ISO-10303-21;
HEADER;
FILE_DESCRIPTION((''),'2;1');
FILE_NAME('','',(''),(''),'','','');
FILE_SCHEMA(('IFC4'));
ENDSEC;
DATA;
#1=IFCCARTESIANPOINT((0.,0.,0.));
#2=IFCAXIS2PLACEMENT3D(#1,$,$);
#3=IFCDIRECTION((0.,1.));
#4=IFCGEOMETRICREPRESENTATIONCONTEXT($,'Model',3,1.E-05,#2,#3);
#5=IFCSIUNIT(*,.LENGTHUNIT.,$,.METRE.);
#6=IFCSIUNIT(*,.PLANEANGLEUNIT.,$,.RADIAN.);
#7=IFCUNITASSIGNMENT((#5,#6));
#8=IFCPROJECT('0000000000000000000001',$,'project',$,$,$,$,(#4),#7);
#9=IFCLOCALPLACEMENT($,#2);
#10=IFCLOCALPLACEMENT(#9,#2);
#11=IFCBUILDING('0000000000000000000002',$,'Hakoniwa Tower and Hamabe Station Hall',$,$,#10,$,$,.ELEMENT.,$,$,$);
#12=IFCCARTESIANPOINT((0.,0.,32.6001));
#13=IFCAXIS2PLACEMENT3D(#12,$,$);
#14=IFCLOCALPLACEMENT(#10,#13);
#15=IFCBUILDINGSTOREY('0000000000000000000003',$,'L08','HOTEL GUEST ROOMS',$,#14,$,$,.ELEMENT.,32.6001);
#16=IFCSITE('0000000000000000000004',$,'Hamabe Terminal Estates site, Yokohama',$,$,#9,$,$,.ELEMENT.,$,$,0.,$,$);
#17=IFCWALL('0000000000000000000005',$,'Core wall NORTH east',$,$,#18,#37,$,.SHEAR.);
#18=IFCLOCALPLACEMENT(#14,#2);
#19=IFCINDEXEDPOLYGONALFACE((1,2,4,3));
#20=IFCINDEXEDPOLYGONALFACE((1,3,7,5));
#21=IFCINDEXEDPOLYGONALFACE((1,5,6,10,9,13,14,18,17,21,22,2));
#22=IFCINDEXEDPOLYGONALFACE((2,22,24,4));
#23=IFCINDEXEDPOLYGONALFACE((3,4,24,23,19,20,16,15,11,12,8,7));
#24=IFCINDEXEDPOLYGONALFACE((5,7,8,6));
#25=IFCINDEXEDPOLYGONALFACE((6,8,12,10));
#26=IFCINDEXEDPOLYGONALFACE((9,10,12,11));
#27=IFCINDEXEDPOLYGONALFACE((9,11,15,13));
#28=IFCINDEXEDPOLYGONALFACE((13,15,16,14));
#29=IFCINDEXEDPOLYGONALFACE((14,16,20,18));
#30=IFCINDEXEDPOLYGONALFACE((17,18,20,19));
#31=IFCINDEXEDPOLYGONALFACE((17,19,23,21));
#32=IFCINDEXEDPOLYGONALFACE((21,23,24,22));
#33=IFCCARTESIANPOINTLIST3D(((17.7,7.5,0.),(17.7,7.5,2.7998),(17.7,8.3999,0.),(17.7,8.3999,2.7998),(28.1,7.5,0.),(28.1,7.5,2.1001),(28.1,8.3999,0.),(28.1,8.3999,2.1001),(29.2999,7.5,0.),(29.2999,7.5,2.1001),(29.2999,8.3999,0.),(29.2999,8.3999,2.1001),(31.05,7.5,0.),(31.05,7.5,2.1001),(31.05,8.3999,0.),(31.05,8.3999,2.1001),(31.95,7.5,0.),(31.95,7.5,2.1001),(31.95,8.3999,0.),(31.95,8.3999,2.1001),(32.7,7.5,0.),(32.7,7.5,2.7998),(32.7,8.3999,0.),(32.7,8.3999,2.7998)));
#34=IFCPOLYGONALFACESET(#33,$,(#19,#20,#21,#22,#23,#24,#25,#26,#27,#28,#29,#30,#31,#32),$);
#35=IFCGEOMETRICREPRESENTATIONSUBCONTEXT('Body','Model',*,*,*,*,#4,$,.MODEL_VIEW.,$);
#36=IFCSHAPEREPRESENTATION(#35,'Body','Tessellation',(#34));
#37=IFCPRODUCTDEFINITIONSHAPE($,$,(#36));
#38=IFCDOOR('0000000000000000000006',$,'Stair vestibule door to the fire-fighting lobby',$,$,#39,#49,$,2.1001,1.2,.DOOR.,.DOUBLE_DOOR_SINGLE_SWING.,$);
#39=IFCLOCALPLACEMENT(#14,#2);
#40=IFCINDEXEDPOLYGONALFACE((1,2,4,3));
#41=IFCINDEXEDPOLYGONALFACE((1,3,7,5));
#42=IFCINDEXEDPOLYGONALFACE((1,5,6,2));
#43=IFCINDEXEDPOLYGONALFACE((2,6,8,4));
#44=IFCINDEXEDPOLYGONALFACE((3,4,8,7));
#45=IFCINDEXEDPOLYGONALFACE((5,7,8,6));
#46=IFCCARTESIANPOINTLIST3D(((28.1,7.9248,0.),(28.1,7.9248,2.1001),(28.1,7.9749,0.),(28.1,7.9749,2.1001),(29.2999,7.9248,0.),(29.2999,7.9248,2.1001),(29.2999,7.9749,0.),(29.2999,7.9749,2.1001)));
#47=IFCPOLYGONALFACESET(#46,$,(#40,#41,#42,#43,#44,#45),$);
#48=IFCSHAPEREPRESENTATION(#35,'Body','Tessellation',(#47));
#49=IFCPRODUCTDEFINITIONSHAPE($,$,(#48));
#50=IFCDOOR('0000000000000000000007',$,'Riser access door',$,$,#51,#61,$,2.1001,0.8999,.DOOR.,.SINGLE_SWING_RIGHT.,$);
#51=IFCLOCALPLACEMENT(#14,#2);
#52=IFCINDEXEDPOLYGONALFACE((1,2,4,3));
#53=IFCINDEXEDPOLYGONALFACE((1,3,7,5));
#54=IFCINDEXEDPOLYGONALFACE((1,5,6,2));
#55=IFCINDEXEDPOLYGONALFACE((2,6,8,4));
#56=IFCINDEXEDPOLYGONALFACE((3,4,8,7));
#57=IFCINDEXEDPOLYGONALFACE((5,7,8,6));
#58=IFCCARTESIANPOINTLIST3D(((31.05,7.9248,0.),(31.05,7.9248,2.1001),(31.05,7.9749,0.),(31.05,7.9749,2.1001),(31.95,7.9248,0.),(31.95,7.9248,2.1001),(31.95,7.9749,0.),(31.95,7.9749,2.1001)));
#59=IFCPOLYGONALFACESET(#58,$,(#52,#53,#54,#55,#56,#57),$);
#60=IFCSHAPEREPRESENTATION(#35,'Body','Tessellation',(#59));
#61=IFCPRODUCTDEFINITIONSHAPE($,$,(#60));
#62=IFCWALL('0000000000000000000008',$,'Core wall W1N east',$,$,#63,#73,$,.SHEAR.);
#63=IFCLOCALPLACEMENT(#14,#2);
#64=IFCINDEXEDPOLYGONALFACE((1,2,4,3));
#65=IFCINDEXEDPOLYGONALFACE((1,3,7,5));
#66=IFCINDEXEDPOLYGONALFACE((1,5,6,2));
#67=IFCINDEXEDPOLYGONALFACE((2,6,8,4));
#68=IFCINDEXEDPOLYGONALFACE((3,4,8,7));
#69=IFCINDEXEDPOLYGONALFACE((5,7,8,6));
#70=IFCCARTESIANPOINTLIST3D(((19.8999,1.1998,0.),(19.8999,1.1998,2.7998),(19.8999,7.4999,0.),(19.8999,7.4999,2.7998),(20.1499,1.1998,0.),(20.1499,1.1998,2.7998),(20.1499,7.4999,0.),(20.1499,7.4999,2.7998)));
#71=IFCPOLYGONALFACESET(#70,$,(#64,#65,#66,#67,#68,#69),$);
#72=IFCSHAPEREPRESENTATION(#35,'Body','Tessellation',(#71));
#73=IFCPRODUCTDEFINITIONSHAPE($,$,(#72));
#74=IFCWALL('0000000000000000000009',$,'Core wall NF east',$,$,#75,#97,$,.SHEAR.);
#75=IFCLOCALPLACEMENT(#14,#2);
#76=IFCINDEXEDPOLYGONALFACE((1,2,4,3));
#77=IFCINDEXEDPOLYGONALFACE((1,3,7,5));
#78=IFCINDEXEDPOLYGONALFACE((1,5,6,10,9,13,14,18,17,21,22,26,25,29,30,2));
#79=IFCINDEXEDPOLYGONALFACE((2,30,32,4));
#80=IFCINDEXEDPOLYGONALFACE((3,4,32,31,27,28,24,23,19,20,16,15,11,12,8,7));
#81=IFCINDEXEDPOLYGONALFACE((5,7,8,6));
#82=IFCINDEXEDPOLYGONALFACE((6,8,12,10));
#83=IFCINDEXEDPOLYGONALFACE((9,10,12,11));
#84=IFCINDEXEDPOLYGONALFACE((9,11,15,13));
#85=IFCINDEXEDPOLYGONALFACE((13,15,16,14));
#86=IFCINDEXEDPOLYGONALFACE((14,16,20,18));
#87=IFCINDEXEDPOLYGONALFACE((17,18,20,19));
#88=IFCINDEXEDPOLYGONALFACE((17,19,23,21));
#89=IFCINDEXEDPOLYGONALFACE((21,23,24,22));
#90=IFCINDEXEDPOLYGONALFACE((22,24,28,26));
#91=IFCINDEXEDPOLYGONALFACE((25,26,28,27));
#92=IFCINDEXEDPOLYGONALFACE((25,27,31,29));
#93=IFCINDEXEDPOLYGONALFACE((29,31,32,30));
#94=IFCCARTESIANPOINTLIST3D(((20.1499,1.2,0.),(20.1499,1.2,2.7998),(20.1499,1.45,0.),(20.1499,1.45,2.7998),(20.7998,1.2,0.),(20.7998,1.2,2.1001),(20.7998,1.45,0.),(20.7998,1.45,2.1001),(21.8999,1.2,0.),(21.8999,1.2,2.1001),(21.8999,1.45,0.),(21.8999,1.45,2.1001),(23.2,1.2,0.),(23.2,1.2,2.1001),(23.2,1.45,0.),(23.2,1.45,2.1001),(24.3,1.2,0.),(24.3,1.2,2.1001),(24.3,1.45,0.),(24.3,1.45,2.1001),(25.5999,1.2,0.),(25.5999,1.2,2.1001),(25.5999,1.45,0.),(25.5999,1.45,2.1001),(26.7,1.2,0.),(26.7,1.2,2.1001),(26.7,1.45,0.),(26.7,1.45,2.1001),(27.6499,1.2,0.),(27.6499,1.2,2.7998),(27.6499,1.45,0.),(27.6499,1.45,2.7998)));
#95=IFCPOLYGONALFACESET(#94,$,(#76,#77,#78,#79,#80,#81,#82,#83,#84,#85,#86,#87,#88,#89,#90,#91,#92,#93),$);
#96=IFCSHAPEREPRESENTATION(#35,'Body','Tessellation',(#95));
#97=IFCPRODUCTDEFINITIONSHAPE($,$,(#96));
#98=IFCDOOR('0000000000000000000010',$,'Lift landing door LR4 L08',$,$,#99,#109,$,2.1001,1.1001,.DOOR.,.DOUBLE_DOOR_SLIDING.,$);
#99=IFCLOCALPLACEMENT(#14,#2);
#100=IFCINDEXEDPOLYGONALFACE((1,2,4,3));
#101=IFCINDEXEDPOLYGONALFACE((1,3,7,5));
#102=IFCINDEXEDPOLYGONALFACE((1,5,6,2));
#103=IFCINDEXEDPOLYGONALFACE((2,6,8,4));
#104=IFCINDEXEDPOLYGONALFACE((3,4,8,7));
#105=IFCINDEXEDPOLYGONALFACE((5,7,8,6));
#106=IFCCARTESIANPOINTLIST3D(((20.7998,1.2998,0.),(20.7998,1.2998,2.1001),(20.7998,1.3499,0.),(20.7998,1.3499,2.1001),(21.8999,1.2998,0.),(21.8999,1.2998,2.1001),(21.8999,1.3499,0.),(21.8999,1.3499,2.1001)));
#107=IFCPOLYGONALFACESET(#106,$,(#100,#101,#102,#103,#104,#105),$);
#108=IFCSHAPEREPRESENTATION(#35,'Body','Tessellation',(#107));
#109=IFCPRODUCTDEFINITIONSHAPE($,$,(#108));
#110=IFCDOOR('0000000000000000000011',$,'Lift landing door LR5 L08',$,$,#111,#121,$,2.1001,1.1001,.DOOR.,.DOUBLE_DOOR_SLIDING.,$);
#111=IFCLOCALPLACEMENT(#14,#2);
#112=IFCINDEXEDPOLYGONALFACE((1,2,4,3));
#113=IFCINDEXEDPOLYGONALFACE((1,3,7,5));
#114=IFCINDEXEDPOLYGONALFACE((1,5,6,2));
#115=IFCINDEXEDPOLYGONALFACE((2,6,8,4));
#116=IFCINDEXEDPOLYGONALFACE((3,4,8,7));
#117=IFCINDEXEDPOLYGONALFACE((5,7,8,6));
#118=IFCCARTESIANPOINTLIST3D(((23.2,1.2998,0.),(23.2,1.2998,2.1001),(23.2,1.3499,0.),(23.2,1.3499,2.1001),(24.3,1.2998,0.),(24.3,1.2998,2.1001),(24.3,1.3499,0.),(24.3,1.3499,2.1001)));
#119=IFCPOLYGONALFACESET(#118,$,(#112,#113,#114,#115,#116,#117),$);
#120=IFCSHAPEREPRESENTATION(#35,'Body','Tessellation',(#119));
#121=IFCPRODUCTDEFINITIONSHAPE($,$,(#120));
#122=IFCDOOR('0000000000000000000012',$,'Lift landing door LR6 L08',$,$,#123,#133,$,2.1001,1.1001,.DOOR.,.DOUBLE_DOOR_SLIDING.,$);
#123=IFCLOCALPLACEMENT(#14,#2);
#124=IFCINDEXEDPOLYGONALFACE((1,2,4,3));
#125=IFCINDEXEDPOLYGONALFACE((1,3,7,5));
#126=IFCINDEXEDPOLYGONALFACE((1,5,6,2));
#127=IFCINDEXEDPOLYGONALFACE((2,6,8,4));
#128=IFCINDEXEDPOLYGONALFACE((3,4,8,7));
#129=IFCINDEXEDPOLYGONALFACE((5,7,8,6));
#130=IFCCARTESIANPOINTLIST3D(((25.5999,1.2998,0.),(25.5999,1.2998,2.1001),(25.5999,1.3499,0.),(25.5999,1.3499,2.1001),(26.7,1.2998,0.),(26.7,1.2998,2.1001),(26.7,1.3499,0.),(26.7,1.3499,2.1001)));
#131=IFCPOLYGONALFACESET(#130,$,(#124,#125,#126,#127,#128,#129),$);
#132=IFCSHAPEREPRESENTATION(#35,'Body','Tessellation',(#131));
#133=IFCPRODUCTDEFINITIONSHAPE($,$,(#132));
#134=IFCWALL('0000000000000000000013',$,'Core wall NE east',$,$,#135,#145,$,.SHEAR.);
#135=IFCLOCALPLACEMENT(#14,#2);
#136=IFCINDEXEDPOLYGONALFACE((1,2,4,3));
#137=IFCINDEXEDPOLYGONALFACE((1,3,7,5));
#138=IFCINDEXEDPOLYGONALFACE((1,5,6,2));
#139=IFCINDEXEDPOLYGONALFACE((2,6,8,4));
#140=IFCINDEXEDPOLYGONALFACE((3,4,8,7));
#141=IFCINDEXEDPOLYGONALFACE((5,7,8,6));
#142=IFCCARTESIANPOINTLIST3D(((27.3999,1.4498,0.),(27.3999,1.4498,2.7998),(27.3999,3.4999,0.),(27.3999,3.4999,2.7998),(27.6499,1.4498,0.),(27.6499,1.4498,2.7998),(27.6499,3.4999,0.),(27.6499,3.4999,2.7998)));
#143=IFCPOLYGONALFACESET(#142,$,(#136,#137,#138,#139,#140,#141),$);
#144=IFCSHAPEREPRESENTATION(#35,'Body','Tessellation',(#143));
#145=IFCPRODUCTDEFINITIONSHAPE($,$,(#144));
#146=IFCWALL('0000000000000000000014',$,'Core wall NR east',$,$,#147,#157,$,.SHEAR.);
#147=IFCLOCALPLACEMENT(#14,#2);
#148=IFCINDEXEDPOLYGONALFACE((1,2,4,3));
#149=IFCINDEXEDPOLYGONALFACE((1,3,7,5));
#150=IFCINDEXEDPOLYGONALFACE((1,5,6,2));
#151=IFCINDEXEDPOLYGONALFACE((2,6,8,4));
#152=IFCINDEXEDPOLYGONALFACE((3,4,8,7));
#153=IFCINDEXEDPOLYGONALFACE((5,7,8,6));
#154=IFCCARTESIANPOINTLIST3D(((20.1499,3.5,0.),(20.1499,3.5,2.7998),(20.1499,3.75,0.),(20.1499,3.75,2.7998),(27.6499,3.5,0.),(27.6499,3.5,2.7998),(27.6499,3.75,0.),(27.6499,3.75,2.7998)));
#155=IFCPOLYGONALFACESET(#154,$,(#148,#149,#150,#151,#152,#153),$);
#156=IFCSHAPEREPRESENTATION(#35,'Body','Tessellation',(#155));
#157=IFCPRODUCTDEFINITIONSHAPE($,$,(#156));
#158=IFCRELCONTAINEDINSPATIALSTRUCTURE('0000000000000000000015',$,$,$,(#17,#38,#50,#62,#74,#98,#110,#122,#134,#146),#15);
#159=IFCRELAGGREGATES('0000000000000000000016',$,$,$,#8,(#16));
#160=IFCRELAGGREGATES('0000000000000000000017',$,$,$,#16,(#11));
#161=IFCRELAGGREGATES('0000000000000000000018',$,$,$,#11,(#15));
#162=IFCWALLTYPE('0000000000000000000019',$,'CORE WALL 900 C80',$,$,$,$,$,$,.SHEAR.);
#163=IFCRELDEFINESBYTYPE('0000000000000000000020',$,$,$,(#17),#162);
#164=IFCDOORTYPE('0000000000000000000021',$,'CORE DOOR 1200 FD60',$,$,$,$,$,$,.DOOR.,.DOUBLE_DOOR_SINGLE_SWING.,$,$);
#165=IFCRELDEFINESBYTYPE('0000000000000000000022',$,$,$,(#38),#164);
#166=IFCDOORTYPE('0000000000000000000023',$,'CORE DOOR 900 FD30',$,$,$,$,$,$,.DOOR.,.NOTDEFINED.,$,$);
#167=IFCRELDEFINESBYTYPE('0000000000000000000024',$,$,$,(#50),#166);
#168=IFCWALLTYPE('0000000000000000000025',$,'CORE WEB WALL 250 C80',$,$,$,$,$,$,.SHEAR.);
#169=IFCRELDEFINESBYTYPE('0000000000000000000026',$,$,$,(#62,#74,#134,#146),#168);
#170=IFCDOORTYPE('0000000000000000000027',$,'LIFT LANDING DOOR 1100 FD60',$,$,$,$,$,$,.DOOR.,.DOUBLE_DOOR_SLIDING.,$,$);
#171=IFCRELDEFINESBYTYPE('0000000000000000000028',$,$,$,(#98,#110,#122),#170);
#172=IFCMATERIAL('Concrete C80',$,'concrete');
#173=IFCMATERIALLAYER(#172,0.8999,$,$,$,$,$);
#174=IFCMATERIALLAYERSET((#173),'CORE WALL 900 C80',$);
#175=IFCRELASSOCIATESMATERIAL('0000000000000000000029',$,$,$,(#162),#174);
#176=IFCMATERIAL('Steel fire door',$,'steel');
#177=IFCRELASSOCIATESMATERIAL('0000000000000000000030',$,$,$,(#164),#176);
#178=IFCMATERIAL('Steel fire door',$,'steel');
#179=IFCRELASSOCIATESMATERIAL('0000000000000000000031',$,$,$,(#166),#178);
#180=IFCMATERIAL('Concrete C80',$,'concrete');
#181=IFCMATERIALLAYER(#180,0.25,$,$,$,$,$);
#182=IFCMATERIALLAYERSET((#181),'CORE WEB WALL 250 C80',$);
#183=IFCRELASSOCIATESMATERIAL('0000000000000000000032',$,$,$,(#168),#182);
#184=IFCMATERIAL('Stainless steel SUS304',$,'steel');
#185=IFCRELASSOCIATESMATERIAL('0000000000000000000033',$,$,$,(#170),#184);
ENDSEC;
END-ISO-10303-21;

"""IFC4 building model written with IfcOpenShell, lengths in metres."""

from ifc_helpers import new_model, si_unit, direction, frame, frame_2d, origin, place, context, subcontext, project, spatial, rectangle, extrude, material, layer, layer_set, type_object, element, fill, save


model = new_model("IFC4")

# Units and contexts
model_context = context("Model", 3, precision=1e-05, world=origin(), true_north=direction((0.0, 1.0)))
body_context = subcontext(model_context, "Body", "Model", "MODEL_VIEW")
ifc_project = project(units=[si_unit("LENGTHUNIT", "METRE"), si_unit("PLANEANGLEUNIT", "RADIAN")], contexts=[model_context])

# Site, building, storey
site_placement = place(None, origin())
site = spatial("IfcSite", under=ifc_project, at=site_placement, Name="Hamabe Terminal Estates site, Yokohama", CompositionType="ELEMENT", RefElevation=0.0)
building_placement = place(site_placement, origin())
building = spatial("IfcBuilding", under=site, at=building_placement, Name="Hakoniwa Tower and Hamabe Station Hall", CompositionType="ELEMENT")
storey_placement = place(building_placement, frame((0.0, 0.0, 32.6001)))
storey = spatial("IfcBuildingStorey", under=building, at=storey_placement, Name="L08", Description="HOTEL GUEST ROOMS", CompositionType="ELEMENT", Elevation=32.6001)

# Wall, openings, doors
ifc_material_1 = material(Name="Concrete C80", Category="concrete")
ifc_layer_1 = layer(ifc_material_1, 0.8999)
ifc_layer_set_1 = layer_set([ifc_layer_1], Name="CORE WALL 900 C80")
wall_type_1 = type_object("IfcWallType", Name="CORE WALL 900 C80", PredefinedType="SHEAR", material=ifc_layer_set_1)
wall_1_placement = place(storey_placement, frame((17.7, 7.95, 0.0), z_axis=(0.0, 0.0, 1.0), x_axis=(1.0, 0.0, 0.0)))
wall_1 = element("IfcWall", 1, at=wall_1_placement, inside=storey, type_object=wall_type_1, Name="Core wall NORTH east", PredefinedType="SHEAR", context=body_context, shape_type="SweptSolid", body=[
    extrude(rectangle(XDim=15.0, YDim=0.8999, at=frame_2d((7.5, 0.0))), origin(), (0.0, 0.0, 1.0), 2.7998),
])
opening_1_placement = place(wall_1_placement, frame((10.3999, 0.0, 0.0)))
opening_1 = element("IfcOpeningElement", 2, at=opening_1_placement, cuts=wall_1, PredefinedType="OPENING", context=body_context, shape_type="SweptSolid", body=[
    extrude(rectangle(XDim=1.2, YDim=2.1001, at=frame_2d((0.6001, 1.05))), frame((0.0, 0.46, 0.0), z_axis=(0.0, -1.0, 0.0), x_axis=(1.0, 0.0, 0.0)), (0.0, 0.0, 1.0), 0.9199),
])
opening_2_placement = place(wall_1_placement, frame((13.3501, 0.0, 0.0)))
opening_2 = element("IfcOpeningElement", 3, at=opening_2_placement, cuts=wall_1, PredefinedType="OPENING", context=body_context, shape_type="SweptSolid", body=[
    extrude(rectangle(XDim=0.8999, YDim=2.1001, at=frame_2d((0.45, 1.05))), frame((0.0, 0.46, 0.0), z_axis=(0.0, -1.0, 0.0), x_axis=(1.0, 0.0, 0.0)), (0.0, 0.0, 1.0), 0.9199),
])
ifc_material_2 = material(Name="Steel fire door", Category="steel")
door_type_1 = type_object("IfcDoorType", Name="CORE DOOR 1200 FD60", OperationType="DOUBLE_DOOR_SINGLE_SWING", PredefinedType="DOOR", material=ifc_material_2)
door_1_placement = place(opening_1_placement, origin())
door_1 = element("IfcDoor", 4, at=door_1_placement, inside=storey, type_object=door_type_1, Name="Stair vestibule door to the fire-fighting lobby", OperationType="DOUBLE_DOOR_SINGLE_SWING", OverallHeight=2.1001, OverallWidth=1.2, PredefinedType="DOOR", context=body_context, shape_type="SweptSolid", body=[
    extrude(rectangle(XDim=1.2, YDim=2.1001, at=frame_2d((0.6001, 1.05))), frame((0.0, 0.0249, 0.0), z_axis=(0.0, -1.0, 0.0), x_axis=(1.0, 0.0, 0.0)), (0.0, 0.0, 1.0), 0.05),
])
fill(opening_1, door_1)
ifc_material_3 = material(Name="Steel fire door", Category="steel")
door_type_2 = type_object("IfcDoorType", Name="CORE DOOR 900 FD30", OperationType="NOTDEFINED", PredefinedType="DOOR", material=ifc_material_3)
door_2_placement = place(opening_2_placement, origin())
door_2 = element("IfcDoor", 5, at=door_2_placement, inside=storey, type_object=door_type_2, Name="Riser access door", OperationType="SINGLE_SWING_RIGHT", OverallHeight=2.1001, OverallWidth=0.8999, PredefinedType="DOOR", context=body_context, shape_type="SweptSolid", body=[
    extrude(rectangle(XDim=0.8999, YDim=2.1001, at=frame_2d((0.45, 1.05))), frame((0.0, 0.0249, 0.0), z_axis=(0.0, -1.0, 0.0), x_axis=(1.0, 0.0, 0.0)), (0.0, 0.0, 1.0), 0.05),
])
fill(opening_2, door_2)

# Wall
ifc_material_4 = material(Name="Concrete C80", Category="concrete")
ifc_layer_2 = layer(ifc_material_4, 0.25)
ifc_layer_set_2 = layer_set([ifc_layer_2], Name="CORE WEB WALL 250 C80")
wall_type_2 = type_object("IfcWallType", Name="CORE WEB WALL 250 C80", PredefinedType="SHEAR", material=ifc_layer_set_2)
wall_2_placement = place(storey_placement, frame((20.0249, 1.2, 0.0), z_axis=(0.0, 0.0, 1.0), x_axis=(0.0, 1.0, 0.0)))
element("IfcWall", 6, at=wall_2_placement, inside=storey, type_object=wall_type_2, Name="Core wall W1N east", PredefinedType="SHEAR", context=body_context, shape_type="SweptSolid", body=[
    extrude(rectangle(XDim=6.3, YDim=0.25, at=frame_2d((3.1499, 0.0))), origin(), (0.0, 0.0, 1.0), 2.7998),
])

# Wall, openings, doors
wall_3_placement = place(storey_placement, frame((20.1499, 1.325, 0.0), z_axis=(0.0, 0.0, 1.0), x_axis=(1.0, 0.0, 0.0)))
wall_3 = element("IfcWall", 7, at=wall_3_placement, inside=storey, type_object=wall_type_2, Name="Core wall NF east", PredefinedType="SHEAR", context=body_context, shape_type="SweptSolid", body=[
    extrude(rectangle(XDim=7.5, YDim=0.25, at=frame_2d((3.75, 0.0))), origin(), (0.0, 0.0, 1.0), 2.7998),
])
opening_3_placement = place(wall_3_placement, frame((0.6499, 0.0, 0.0)))
opening_3 = element("IfcOpeningElement", 8, at=opening_3_placement, cuts=wall_3, PredefinedType="OPENING", context=body_context, shape_type="SweptSolid", body=[
    extrude(rectangle(XDim=1.1001, YDim=2.1001, at=frame_2d((0.55, 1.05))), frame((0.0, 0.135, 0.0), z_axis=(0.0, -1.0, 0.0), x_axis=(1.0, 0.0, 0.0)), (0.0, 0.0, 1.0), 0.27),
])
opening_4_placement = place(wall_3_placement, frame((3.05, 0.0, 0.0)))
opening_4 = element("IfcOpeningElement", 9, at=opening_4_placement, cuts=wall_3, PredefinedType="OPENING", context=body_context, shape_type="SweptSolid", body=[
    extrude(rectangle(XDim=1.1001, YDim=2.1001, at=frame_2d((0.55, 1.05))), frame((0.0, 0.135, 0.0), z_axis=(0.0, -1.0, 0.0), x_axis=(1.0, 0.0, 0.0)), (0.0, 0.0, 1.0), 0.27),
])
opening_5_placement = place(wall_3_placement, frame((5.45, 0.0, 0.0)))
opening_5 = element("IfcOpeningElement", 10, at=opening_5_placement, cuts=wall_3, PredefinedType="OPENING", context=body_context, shape_type="SweptSolid", body=[
    extrude(rectangle(XDim=1.1001, YDim=2.1001, at=frame_2d((0.55, 1.05))), frame((0.0, 0.135, 0.0), z_axis=(0.0, -1.0, 0.0), x_axis=(1.0, 0.0, 0.0)), (0.0, 0.0, 1.0), 0.27),
])
ifc_material_5 = material(Name="Stainless steel SUS304", Category="steel")
door_type_3 = type_object("IfcDoorType", Name="LIFT LANDING DOOR 1100 FD60", OperationType="DOUBLE_DOOR_SLIDING", PredefinedType="DOOR", material=ifc_material_5)
door_3_placement = place(opening_3_placement, origin())
door_3 = element("IfcDoor", 11, at=door_3_placement, inside=storey, type_object=door_type_3, Name="Lift landing door LR4 L08", OperationType="DOUBLE_DOOR_SLIDING", OverallHeight=2.1001, OverallWidth=1.1001, PredefinedType="DOOR", context=body_context, shape_type="SweptSolid", body=[
    extrude(rectangle(XDim=1.1001, YDim=2.1001, at=frame_2d((0.55, 1.05))), frame((0.0, 0.0249, 0.0), z_axis=(0.0, -1.0, 0.0), x_axis=(1.0, 0.0, 0.0)), (0.0, 0.0, 1.0), 0.05),
])
fill(opening_3, door_3)
door_4_placement = place(opening_4_placement, origin())
door_4 = element("IfcDoor", 12, at=door_4_placement, inside=storey, type_object=door_type_3, Name="Lift landing door LR5 L08", OperationType="DOUBLE_DOOR_SLIDING", OverallHeight=2.1001, OverallWidth=1.1001, PredefinedType="DOOR", context=body_context, shape_type="SweptSolid", body=[
    extrude(rectangle(XDim=1.1001, YDim=2.1001, at=frame_2d((0.55, 1.05))), frame((0.0, 0.0249, 0.0), z_axis=(0.0, -1.0, 0.0), x_axis=(1.0, 0.0, 0.0)), (0.0, 0.0, 1.0), 0.05),
])
fill(opening_4, door_4)
door_5_placement = place(opening_5_placement, origin())
door_5 = element("IfcDoor", 13, at=door_5_placement, inside=storey, type_object=door_type_3, Name="Lift landing door LR6 L08", OperationType="DOUBLE_DOOR_SLIDING", OverallHeight=2.1001, OverallWidth=1.1001, PredefinedType="DOOR", context=body_context, shape_type="SweptSolid", body=[
    extrude(rectangle(XDim=1.1001, YDim=2.1001, at=frame_2d((0.55, 1.05))), frame((0.0, 0.0249, 0.0), z_axis=(0.0, -1.0, 0.0), x_axis=(1.0, 0.0, 0.0)), (0.0, 0.0, 1.0), 0.05),
])
fill(opening_5, door_5)

# Walls
wall_4_placement = place(storey_placement, frame((27.5249, 1.45, 0.0), z_axis=(0.0, 0.0, 1.0), x_axis=(0.0, 1.0, 0.0)))
element("IfcWall", 14, at=wall_4_placement, inside=storey, type_object=wall_type_2, Name="Core wall NE east", PredefinedType="SHEAR", context=body_context, shape_type="SweptSolid", body=[
    extrude(rectangle(XDim=2.05, YDim=0.25, at=frame_2d((1.0249, 0.0))), origin(), (0.0, 0.0, 1.0), 2.7998),
])
wall_5_placement = place(storey_placement, frame((20.1499, 3.625, 0.0), z_axis=(0.0, 0.0, 1.0), x_axis=(1.0, 0.0, 0.0)))
element("IfcWall", 15, at=wall_5_placement, inside=storey, type_object=wall_type_2, Name="Core wall NR east", PredefinedType="SHEAR", context=body_context, shape_type="SweptSolid", body=[
    extrude(rectangle(XDim=7.5, YDim=0.25, at=frame_2d((3.75, 0.0))), origin(), (0.0, 0.0, 1.0), 2.7998),
])

save(model, "model.ifc")
